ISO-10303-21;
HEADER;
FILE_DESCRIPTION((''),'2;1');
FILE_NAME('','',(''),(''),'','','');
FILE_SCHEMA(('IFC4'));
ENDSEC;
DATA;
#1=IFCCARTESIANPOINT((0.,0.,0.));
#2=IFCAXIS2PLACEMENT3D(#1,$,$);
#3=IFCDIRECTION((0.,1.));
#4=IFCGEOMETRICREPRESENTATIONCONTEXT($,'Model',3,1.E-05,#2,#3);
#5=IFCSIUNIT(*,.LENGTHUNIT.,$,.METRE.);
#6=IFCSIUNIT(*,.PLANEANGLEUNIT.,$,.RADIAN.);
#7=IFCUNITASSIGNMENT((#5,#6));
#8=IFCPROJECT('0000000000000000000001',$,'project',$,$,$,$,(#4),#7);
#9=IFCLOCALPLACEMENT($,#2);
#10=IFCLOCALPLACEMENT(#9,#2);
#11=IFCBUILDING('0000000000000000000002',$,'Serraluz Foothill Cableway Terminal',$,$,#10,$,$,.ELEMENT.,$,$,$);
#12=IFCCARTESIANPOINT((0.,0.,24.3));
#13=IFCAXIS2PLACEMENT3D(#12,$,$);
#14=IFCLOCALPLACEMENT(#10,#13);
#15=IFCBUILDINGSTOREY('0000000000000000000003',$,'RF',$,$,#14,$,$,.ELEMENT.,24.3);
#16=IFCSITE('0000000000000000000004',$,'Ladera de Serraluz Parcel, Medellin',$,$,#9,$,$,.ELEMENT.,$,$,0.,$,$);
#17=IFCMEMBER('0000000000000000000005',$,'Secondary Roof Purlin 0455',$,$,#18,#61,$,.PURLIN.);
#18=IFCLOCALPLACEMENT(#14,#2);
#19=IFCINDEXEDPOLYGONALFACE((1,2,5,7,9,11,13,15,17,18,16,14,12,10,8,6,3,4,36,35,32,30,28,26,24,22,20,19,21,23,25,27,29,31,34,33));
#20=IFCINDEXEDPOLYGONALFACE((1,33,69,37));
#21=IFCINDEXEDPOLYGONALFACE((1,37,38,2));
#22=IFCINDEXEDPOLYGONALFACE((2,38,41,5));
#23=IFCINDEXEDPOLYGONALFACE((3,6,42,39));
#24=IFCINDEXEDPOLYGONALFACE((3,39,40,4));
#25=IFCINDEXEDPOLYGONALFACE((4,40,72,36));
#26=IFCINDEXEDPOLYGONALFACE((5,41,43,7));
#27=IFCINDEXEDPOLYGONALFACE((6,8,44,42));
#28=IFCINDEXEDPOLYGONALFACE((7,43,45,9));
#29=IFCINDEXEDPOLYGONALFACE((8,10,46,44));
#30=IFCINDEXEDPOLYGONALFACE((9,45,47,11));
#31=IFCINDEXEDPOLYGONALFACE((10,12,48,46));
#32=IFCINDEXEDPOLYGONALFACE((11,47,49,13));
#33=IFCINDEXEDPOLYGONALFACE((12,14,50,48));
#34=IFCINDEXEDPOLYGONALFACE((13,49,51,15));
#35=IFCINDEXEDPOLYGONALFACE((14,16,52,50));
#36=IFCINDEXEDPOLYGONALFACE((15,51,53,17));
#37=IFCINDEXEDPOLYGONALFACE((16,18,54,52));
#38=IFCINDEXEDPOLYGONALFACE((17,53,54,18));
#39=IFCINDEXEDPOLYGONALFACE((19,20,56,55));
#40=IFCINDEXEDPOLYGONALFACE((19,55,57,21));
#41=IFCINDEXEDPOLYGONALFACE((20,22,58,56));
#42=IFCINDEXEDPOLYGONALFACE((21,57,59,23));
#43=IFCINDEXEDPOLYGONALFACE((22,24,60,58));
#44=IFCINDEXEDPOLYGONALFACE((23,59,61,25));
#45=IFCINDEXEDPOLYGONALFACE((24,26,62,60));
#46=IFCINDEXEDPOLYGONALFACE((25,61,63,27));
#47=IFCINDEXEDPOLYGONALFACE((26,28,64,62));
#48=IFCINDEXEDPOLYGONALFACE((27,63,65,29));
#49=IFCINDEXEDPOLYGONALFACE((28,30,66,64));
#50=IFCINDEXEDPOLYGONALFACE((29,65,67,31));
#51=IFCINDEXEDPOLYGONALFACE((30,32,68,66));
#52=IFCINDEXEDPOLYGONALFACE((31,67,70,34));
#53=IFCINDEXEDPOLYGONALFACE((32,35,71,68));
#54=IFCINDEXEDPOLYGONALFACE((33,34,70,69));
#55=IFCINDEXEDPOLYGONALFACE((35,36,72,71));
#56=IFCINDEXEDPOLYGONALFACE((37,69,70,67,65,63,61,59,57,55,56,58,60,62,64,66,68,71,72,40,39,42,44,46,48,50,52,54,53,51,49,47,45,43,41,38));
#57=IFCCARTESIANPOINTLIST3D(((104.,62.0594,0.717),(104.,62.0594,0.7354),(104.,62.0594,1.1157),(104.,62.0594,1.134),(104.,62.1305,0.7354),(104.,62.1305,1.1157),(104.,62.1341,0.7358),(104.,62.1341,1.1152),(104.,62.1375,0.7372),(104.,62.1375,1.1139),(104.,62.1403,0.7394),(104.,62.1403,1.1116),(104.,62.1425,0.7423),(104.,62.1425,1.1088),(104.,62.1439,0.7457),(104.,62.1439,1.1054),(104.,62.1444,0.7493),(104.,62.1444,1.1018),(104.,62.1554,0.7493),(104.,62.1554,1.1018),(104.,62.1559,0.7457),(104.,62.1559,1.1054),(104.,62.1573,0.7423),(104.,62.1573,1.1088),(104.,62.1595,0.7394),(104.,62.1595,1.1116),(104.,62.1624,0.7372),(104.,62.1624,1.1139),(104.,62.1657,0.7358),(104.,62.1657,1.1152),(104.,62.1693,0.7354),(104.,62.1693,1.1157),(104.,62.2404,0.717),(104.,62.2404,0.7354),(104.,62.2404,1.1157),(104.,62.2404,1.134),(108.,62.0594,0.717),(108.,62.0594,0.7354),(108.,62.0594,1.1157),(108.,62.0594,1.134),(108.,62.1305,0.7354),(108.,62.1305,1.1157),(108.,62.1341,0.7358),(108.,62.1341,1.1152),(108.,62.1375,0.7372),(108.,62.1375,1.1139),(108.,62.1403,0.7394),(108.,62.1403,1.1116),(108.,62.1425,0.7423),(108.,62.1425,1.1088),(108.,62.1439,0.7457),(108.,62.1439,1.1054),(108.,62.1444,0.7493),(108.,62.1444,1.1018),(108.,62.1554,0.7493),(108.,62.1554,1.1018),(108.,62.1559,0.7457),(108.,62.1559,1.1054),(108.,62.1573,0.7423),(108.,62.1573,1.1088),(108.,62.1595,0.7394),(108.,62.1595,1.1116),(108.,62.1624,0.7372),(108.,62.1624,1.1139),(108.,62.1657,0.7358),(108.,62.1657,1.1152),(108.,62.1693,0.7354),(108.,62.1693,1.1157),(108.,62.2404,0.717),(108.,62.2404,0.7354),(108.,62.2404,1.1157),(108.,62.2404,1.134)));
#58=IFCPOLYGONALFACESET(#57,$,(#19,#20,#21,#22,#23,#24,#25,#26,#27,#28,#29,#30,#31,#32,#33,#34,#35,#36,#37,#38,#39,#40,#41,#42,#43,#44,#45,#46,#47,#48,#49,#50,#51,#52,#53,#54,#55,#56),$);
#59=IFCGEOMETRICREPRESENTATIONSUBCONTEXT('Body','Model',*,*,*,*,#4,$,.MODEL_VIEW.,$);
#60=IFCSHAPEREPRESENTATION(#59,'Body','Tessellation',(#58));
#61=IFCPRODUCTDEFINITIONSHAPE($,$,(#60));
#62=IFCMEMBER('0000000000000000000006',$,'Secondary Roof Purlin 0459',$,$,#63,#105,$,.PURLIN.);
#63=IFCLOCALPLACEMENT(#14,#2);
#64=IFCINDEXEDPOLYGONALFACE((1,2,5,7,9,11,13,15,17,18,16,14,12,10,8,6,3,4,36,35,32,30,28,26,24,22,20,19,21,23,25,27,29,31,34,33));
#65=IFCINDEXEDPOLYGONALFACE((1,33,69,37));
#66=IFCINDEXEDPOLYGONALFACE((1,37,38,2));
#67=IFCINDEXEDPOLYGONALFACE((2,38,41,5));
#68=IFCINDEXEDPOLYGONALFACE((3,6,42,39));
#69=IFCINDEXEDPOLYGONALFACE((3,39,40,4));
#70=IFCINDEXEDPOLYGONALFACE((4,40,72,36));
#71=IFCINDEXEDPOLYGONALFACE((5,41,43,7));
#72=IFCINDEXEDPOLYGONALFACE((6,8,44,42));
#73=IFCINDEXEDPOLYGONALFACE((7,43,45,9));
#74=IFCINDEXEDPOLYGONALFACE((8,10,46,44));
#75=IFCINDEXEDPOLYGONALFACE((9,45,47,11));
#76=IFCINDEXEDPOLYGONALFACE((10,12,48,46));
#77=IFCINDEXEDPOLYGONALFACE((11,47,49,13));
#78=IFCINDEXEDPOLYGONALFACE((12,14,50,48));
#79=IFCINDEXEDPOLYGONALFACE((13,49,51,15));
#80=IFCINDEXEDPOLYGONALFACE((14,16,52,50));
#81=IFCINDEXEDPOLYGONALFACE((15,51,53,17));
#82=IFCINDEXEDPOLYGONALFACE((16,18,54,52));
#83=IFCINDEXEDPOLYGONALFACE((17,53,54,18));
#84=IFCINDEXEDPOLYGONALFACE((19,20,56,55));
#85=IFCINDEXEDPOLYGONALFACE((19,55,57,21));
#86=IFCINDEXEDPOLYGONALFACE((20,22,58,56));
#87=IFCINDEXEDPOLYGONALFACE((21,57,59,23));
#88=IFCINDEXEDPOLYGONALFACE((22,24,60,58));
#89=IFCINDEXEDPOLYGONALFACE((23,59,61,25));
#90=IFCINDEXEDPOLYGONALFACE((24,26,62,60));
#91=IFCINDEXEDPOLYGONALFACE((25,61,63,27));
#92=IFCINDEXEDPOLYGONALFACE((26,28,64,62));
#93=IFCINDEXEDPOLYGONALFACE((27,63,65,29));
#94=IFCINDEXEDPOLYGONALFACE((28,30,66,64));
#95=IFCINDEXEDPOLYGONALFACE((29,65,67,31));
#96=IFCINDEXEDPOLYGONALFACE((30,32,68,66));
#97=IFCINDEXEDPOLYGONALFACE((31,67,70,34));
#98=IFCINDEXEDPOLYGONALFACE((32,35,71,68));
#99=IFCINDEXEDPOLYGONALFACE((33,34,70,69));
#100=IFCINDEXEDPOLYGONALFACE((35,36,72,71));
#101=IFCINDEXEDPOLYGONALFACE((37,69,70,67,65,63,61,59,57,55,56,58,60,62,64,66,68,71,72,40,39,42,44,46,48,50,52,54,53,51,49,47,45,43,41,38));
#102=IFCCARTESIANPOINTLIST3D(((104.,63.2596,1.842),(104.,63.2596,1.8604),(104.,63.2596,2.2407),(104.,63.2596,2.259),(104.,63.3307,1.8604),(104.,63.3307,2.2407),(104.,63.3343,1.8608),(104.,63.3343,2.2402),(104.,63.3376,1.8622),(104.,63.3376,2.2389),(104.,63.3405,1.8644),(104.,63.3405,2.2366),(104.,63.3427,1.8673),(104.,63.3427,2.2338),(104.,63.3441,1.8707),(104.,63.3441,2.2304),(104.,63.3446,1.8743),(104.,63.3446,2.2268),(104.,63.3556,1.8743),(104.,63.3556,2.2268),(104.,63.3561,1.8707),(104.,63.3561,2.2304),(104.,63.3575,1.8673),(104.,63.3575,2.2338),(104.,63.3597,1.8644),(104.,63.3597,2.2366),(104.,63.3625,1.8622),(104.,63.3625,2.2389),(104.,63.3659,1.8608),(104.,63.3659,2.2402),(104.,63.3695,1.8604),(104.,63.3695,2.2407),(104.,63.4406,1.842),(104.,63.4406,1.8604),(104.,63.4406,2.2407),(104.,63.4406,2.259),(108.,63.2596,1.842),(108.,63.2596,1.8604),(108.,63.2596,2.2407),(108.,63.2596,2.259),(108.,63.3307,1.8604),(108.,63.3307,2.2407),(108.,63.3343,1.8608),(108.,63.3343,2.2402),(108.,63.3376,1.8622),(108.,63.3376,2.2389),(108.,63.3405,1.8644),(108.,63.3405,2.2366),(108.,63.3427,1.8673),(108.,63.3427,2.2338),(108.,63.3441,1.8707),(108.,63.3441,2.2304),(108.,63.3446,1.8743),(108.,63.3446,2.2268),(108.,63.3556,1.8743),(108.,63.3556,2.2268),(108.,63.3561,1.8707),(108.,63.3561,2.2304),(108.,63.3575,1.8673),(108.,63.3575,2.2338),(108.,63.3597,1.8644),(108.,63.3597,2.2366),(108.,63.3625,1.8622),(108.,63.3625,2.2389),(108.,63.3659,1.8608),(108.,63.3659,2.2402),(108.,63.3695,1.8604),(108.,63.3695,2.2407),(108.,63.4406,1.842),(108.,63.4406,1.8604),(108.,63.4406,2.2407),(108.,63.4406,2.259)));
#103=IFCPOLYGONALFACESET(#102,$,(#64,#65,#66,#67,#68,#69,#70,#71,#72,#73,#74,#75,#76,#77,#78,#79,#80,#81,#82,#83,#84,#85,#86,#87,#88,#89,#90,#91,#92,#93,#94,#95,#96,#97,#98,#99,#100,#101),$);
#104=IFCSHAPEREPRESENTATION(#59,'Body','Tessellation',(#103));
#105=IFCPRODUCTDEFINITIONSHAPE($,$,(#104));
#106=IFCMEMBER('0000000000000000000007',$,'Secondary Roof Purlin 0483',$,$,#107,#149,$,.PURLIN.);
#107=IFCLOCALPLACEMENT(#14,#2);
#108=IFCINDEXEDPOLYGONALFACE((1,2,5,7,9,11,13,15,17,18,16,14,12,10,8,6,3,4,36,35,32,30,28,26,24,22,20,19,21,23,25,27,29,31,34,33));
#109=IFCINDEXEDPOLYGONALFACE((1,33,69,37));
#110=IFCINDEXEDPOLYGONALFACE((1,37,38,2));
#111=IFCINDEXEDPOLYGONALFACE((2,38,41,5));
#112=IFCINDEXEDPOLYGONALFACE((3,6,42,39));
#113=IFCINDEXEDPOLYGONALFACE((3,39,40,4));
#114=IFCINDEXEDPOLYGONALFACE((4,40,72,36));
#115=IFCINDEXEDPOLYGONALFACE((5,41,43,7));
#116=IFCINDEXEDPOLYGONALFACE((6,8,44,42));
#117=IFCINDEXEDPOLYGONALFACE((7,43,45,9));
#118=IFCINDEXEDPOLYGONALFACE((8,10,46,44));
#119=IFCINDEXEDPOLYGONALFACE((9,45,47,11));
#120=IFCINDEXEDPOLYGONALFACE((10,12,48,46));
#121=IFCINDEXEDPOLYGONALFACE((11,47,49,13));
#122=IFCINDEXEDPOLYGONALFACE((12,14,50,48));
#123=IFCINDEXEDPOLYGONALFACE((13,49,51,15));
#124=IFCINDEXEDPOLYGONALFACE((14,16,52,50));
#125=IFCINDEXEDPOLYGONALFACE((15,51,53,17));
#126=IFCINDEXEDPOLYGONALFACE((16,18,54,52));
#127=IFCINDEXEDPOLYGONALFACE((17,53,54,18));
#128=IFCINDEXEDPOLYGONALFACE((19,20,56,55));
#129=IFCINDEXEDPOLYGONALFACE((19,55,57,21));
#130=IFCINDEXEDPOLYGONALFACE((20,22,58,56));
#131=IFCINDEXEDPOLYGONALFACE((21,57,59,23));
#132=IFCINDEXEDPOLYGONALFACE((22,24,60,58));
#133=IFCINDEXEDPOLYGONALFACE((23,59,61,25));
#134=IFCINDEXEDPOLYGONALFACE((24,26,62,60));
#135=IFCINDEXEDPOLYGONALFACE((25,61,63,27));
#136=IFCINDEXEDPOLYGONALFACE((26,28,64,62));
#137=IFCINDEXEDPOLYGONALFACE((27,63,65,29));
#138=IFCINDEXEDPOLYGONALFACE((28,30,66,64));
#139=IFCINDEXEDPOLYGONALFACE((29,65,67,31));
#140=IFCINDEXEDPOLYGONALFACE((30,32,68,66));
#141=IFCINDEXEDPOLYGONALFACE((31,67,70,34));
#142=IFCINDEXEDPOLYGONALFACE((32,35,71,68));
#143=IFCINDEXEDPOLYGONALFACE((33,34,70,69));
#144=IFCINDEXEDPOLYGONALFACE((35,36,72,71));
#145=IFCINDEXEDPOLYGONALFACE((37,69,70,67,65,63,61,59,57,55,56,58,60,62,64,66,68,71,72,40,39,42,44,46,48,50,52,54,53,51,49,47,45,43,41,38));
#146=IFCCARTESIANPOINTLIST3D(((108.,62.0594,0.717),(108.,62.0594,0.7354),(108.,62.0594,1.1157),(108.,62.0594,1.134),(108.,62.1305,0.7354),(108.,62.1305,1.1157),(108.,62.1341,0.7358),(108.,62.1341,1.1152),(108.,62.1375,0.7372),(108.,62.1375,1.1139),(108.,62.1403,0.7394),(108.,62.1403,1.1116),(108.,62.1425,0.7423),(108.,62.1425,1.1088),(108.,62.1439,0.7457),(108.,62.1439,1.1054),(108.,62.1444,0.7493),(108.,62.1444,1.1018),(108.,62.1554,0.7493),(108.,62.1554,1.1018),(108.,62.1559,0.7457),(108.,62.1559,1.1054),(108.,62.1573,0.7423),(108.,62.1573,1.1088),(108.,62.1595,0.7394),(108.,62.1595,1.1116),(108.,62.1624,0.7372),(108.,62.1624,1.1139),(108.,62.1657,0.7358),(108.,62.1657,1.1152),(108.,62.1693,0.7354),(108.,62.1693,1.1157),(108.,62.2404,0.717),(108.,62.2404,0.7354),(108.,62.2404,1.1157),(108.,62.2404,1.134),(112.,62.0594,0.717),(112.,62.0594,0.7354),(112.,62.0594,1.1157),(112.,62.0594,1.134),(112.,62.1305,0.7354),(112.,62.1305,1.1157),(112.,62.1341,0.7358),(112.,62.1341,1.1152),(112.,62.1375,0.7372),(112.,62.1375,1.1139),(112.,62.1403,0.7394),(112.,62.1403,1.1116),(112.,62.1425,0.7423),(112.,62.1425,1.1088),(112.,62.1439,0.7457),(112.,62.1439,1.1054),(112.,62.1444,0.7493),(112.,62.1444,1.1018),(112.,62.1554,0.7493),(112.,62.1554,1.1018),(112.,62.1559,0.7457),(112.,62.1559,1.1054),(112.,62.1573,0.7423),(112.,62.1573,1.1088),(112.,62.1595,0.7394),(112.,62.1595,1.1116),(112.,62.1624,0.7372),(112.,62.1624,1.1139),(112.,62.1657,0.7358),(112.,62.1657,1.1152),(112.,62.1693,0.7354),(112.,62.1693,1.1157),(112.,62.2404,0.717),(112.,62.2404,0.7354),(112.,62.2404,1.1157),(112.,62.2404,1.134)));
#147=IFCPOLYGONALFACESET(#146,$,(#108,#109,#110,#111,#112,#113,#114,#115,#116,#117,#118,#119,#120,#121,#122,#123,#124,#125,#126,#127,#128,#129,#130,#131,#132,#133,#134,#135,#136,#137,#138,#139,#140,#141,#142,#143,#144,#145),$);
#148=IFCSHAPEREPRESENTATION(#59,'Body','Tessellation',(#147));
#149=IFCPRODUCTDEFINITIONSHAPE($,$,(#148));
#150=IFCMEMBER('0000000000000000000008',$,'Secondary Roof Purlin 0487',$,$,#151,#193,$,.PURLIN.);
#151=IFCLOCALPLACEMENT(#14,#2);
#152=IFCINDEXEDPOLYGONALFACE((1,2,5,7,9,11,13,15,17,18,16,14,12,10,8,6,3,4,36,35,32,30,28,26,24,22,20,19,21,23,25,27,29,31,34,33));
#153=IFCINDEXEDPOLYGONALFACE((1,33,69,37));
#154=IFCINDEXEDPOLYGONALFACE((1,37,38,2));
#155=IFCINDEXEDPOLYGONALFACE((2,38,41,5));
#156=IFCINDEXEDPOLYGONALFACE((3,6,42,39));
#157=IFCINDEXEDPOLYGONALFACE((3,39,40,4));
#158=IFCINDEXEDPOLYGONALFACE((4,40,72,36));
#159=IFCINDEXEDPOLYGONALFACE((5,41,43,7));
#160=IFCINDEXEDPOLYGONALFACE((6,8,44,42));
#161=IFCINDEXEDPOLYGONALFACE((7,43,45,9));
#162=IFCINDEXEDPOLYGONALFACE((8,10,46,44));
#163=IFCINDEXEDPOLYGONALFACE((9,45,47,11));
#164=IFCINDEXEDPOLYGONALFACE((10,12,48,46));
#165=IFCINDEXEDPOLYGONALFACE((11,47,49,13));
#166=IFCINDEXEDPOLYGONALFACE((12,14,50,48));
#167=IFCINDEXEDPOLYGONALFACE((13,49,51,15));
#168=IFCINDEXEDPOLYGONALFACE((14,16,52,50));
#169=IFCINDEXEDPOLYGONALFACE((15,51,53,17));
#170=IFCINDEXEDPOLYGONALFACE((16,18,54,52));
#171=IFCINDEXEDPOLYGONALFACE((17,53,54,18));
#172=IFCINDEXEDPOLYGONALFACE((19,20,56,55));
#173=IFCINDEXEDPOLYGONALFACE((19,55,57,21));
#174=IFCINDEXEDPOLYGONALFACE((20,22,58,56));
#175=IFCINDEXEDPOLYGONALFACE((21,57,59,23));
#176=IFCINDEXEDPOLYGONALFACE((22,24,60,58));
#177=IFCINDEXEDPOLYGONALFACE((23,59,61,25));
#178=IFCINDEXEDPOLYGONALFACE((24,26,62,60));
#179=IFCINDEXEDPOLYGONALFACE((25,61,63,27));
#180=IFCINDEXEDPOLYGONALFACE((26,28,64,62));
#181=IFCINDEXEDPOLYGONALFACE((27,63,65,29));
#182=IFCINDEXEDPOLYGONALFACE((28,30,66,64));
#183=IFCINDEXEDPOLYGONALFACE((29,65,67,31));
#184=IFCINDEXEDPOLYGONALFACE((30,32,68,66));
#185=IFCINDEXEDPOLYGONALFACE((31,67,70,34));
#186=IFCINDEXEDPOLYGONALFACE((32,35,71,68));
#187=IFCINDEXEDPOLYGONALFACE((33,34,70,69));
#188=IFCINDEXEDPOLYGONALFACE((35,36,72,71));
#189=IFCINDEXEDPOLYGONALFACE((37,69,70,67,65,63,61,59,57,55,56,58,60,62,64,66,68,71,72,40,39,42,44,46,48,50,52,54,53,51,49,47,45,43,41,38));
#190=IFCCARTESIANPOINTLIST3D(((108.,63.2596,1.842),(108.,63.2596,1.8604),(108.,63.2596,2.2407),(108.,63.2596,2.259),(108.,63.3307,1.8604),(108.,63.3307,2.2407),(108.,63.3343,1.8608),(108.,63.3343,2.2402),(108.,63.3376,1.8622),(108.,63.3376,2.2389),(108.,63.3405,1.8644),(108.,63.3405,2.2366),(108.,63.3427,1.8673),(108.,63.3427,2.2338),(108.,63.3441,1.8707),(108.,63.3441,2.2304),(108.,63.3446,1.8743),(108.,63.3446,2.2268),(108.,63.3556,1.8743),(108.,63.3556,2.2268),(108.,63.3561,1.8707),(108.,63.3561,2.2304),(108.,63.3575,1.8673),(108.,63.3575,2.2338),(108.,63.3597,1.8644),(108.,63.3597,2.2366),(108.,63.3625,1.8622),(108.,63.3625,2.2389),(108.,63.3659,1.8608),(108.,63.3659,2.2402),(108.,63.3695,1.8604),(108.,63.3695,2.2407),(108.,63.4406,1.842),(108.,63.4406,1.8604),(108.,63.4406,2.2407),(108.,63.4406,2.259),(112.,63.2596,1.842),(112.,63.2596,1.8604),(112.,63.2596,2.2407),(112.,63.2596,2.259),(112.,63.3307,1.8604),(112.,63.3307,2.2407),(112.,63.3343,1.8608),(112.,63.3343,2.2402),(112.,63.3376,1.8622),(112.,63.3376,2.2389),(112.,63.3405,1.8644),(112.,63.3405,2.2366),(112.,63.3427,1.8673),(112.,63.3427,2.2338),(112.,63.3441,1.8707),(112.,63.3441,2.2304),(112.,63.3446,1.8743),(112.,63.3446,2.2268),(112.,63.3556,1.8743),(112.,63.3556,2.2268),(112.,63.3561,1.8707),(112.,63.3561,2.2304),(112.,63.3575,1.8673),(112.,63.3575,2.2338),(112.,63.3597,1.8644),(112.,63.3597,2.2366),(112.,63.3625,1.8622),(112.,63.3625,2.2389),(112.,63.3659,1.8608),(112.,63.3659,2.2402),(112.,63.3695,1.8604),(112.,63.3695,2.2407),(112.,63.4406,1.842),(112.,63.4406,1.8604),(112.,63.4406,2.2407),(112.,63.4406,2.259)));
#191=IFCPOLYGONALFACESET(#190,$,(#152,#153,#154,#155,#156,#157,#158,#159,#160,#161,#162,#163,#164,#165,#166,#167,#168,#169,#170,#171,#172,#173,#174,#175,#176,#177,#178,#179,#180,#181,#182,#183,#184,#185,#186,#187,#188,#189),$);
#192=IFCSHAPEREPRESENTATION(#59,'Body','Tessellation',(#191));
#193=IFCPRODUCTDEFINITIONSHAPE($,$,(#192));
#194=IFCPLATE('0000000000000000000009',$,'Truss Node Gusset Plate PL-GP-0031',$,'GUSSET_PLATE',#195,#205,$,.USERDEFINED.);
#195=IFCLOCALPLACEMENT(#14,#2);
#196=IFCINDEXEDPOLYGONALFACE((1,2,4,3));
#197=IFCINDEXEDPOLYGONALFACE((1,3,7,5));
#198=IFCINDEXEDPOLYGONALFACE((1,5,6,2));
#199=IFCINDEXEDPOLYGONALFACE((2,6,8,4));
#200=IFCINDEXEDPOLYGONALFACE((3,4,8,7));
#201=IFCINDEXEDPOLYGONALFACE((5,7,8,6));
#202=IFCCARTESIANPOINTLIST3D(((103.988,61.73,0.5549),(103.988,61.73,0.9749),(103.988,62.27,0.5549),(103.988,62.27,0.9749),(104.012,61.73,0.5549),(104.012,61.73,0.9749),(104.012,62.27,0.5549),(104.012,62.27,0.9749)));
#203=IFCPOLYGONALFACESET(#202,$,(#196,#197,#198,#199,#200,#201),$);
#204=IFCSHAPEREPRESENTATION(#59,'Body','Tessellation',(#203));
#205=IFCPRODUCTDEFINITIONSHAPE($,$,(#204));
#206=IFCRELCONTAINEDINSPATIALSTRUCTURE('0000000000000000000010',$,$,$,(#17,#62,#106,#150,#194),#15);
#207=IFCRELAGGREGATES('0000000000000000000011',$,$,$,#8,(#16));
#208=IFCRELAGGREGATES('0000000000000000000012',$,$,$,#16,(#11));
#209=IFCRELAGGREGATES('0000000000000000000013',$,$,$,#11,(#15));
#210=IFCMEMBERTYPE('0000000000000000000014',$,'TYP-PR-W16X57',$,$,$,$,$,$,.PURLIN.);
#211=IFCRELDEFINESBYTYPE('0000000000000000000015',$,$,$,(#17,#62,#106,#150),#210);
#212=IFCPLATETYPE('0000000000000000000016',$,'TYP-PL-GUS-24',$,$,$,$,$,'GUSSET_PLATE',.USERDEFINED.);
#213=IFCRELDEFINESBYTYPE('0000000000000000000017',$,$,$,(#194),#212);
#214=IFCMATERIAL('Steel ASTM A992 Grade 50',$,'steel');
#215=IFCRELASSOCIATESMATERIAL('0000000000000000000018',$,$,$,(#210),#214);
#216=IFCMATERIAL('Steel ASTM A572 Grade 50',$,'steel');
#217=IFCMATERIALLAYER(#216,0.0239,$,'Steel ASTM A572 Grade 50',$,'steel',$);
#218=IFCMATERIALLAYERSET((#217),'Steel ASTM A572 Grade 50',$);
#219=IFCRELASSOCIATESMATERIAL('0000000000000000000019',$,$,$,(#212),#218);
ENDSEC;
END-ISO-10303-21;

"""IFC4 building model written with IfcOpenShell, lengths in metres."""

from ifc_helpers import new_model, si_unit, direction, frame, origin, origin_2d, place, context, subcontext, project, spatial, rectangle, i_section, extrude, material, layer, layer_set, material_profile, profile_set, type_object, element, save


model = new_model("IFC4")

# Units and contexts
model_context = context("Model", 3, precision=1e-05, world=origin(), true_north=direction((0.0, 1.0)))
body_context = subcontext(model_context, "Body", "Model", "MODEL_VIEW")
ifc_project = project(units=[si_unit("LENGTHUNIT", "METRE"), si_unit("PLANEANGLEUNIT", "RADIAN")], contexts=[model_context])

# Site, building, storey
site_placement = place(None, origin())
site = spatial("IfcSite", under=ifc_project, at=site_placement, Name="Ladera de Serraluz Parcel, Medellin", CompositionType="ELEMENT", RefElevation=0.0)
building_placement = place(site_placement, origin())
building = spatial("IfcBuilding", under=site, at=building_placement, Name="Serraluz Foothill Cableway Terminal", CompositionType="ELEMENT")
storey_placement = place(building_placement, frame((0.0, 0.0, 24.3)))
storey = spatial("IfcBuildingStorey", under=building, at=storey_placement, Name="RF", CompositionType="ELEMENT", Elevation=24.3)

# Members
ifc_material_1 = material(Name="Steel ASTM A572 Grade 50", Category="steel")
ifc_material_2 = material(Name="Steel ASTM A992 Grade 50", Category="steel")
ifc_material_profile_1 = material_profile(ifc_material_2, i_section(OverallWidth=0.1809, OverallDepth=0.417, WebThickness=0.011, FlangeThickness=0.0183, FilletRadius=0.0139, at=origin_2d()), Name="W16X57")
ifc_profile_set_1 = profile_set([ifc_material_profile_1], Name="Steel ASTM A992 Grade 50")
member_type_1 = type_object("IfcMemberType", Name="TYP-PR-W16X57", PredefinedType="PURLIN", material=ifc_profile_set_1)
for number, where, z_axis, x_axis, name in (
    (1, (104.0, 62.1499, 0.9255), (1.0, 0.0, 0.0), (0.0, 1.0, 0.0), "Secondary Roof Purlin 0455"),
    (2, (104.0, 63.3501, 2.0505), (1.0, 0.0, 0.0), (0.0, 1.0, 0.0), "Secondary Roof Purlin 0459"),
    (3, (108.0, 62.1499, 0.9255), (1.0, 0.0, 0.0), (0.0, 1.0, 0.0), "Secondary Roof Purlin 0483"),
    (4, (108.0, 63.3501, 2.0505), (1.0, 0.0, 0.0), (0.0, 1.0, 0.0), "Secondary Roof Purlin 0487"),
):
    element("IfcMember", number, at=place(storey_placement, frame(where, z_axis=z_axis, x_axis=x_axis)), inside=storey, type_object=member_type_1, Name=name, PredefinedType="PURLIN", context=body_context, shape_type="SweptSolid", body=[
        extrude(i_section(OverallWidth=0.1809, OverallDepth=0.417, WebThickness=0.011, FlangeThickness=0.0183, FilletRadius=0.0139, at=origin_2d()), origin(), (0.0, 0.0, 1.0), 4.0),
    ])

# Plate
ifc_layer_1 = layer(ifc_material_1, 0.0239, Name="Steel ASTM A572 Grade 50", Category="steel")
ifc_layer_set_1 = layer_set([ifc_layer_1], Name="Steel ASTM A572 Grade 50")
plate_type_1 = type_object("IfcPlateType", Name="TYP-PL-GUS-24", ElementType="GUSSET_PLATE", PredefinedType="USERDEFINED", material=ifc_layer_set_1)
plate_placement = place(storey_placement, frame((104.0, 62.0, 0.5549), z_axis=(0.0, 0.0, 1.0), x_axis=(1.0, 0.0, 0.0)))
element("IfcPlate", 5, at=plate_placement, inside=storey, type_object=plate_type_1, Name="Truss Node Gusset Plate PL-GP-0031", ObjectType="GUSSET_PLATE", PredefinedType="USERDEFINED", context=body_context, shape_type="SweptSolid", body=[
    extrude(rectangle(XDim=0.0239, YDim=0.54, at=origin_2d()), origin(), (0.0, 0.0, 1.0), 0.4199),
])

save(model, "model.ifc")
